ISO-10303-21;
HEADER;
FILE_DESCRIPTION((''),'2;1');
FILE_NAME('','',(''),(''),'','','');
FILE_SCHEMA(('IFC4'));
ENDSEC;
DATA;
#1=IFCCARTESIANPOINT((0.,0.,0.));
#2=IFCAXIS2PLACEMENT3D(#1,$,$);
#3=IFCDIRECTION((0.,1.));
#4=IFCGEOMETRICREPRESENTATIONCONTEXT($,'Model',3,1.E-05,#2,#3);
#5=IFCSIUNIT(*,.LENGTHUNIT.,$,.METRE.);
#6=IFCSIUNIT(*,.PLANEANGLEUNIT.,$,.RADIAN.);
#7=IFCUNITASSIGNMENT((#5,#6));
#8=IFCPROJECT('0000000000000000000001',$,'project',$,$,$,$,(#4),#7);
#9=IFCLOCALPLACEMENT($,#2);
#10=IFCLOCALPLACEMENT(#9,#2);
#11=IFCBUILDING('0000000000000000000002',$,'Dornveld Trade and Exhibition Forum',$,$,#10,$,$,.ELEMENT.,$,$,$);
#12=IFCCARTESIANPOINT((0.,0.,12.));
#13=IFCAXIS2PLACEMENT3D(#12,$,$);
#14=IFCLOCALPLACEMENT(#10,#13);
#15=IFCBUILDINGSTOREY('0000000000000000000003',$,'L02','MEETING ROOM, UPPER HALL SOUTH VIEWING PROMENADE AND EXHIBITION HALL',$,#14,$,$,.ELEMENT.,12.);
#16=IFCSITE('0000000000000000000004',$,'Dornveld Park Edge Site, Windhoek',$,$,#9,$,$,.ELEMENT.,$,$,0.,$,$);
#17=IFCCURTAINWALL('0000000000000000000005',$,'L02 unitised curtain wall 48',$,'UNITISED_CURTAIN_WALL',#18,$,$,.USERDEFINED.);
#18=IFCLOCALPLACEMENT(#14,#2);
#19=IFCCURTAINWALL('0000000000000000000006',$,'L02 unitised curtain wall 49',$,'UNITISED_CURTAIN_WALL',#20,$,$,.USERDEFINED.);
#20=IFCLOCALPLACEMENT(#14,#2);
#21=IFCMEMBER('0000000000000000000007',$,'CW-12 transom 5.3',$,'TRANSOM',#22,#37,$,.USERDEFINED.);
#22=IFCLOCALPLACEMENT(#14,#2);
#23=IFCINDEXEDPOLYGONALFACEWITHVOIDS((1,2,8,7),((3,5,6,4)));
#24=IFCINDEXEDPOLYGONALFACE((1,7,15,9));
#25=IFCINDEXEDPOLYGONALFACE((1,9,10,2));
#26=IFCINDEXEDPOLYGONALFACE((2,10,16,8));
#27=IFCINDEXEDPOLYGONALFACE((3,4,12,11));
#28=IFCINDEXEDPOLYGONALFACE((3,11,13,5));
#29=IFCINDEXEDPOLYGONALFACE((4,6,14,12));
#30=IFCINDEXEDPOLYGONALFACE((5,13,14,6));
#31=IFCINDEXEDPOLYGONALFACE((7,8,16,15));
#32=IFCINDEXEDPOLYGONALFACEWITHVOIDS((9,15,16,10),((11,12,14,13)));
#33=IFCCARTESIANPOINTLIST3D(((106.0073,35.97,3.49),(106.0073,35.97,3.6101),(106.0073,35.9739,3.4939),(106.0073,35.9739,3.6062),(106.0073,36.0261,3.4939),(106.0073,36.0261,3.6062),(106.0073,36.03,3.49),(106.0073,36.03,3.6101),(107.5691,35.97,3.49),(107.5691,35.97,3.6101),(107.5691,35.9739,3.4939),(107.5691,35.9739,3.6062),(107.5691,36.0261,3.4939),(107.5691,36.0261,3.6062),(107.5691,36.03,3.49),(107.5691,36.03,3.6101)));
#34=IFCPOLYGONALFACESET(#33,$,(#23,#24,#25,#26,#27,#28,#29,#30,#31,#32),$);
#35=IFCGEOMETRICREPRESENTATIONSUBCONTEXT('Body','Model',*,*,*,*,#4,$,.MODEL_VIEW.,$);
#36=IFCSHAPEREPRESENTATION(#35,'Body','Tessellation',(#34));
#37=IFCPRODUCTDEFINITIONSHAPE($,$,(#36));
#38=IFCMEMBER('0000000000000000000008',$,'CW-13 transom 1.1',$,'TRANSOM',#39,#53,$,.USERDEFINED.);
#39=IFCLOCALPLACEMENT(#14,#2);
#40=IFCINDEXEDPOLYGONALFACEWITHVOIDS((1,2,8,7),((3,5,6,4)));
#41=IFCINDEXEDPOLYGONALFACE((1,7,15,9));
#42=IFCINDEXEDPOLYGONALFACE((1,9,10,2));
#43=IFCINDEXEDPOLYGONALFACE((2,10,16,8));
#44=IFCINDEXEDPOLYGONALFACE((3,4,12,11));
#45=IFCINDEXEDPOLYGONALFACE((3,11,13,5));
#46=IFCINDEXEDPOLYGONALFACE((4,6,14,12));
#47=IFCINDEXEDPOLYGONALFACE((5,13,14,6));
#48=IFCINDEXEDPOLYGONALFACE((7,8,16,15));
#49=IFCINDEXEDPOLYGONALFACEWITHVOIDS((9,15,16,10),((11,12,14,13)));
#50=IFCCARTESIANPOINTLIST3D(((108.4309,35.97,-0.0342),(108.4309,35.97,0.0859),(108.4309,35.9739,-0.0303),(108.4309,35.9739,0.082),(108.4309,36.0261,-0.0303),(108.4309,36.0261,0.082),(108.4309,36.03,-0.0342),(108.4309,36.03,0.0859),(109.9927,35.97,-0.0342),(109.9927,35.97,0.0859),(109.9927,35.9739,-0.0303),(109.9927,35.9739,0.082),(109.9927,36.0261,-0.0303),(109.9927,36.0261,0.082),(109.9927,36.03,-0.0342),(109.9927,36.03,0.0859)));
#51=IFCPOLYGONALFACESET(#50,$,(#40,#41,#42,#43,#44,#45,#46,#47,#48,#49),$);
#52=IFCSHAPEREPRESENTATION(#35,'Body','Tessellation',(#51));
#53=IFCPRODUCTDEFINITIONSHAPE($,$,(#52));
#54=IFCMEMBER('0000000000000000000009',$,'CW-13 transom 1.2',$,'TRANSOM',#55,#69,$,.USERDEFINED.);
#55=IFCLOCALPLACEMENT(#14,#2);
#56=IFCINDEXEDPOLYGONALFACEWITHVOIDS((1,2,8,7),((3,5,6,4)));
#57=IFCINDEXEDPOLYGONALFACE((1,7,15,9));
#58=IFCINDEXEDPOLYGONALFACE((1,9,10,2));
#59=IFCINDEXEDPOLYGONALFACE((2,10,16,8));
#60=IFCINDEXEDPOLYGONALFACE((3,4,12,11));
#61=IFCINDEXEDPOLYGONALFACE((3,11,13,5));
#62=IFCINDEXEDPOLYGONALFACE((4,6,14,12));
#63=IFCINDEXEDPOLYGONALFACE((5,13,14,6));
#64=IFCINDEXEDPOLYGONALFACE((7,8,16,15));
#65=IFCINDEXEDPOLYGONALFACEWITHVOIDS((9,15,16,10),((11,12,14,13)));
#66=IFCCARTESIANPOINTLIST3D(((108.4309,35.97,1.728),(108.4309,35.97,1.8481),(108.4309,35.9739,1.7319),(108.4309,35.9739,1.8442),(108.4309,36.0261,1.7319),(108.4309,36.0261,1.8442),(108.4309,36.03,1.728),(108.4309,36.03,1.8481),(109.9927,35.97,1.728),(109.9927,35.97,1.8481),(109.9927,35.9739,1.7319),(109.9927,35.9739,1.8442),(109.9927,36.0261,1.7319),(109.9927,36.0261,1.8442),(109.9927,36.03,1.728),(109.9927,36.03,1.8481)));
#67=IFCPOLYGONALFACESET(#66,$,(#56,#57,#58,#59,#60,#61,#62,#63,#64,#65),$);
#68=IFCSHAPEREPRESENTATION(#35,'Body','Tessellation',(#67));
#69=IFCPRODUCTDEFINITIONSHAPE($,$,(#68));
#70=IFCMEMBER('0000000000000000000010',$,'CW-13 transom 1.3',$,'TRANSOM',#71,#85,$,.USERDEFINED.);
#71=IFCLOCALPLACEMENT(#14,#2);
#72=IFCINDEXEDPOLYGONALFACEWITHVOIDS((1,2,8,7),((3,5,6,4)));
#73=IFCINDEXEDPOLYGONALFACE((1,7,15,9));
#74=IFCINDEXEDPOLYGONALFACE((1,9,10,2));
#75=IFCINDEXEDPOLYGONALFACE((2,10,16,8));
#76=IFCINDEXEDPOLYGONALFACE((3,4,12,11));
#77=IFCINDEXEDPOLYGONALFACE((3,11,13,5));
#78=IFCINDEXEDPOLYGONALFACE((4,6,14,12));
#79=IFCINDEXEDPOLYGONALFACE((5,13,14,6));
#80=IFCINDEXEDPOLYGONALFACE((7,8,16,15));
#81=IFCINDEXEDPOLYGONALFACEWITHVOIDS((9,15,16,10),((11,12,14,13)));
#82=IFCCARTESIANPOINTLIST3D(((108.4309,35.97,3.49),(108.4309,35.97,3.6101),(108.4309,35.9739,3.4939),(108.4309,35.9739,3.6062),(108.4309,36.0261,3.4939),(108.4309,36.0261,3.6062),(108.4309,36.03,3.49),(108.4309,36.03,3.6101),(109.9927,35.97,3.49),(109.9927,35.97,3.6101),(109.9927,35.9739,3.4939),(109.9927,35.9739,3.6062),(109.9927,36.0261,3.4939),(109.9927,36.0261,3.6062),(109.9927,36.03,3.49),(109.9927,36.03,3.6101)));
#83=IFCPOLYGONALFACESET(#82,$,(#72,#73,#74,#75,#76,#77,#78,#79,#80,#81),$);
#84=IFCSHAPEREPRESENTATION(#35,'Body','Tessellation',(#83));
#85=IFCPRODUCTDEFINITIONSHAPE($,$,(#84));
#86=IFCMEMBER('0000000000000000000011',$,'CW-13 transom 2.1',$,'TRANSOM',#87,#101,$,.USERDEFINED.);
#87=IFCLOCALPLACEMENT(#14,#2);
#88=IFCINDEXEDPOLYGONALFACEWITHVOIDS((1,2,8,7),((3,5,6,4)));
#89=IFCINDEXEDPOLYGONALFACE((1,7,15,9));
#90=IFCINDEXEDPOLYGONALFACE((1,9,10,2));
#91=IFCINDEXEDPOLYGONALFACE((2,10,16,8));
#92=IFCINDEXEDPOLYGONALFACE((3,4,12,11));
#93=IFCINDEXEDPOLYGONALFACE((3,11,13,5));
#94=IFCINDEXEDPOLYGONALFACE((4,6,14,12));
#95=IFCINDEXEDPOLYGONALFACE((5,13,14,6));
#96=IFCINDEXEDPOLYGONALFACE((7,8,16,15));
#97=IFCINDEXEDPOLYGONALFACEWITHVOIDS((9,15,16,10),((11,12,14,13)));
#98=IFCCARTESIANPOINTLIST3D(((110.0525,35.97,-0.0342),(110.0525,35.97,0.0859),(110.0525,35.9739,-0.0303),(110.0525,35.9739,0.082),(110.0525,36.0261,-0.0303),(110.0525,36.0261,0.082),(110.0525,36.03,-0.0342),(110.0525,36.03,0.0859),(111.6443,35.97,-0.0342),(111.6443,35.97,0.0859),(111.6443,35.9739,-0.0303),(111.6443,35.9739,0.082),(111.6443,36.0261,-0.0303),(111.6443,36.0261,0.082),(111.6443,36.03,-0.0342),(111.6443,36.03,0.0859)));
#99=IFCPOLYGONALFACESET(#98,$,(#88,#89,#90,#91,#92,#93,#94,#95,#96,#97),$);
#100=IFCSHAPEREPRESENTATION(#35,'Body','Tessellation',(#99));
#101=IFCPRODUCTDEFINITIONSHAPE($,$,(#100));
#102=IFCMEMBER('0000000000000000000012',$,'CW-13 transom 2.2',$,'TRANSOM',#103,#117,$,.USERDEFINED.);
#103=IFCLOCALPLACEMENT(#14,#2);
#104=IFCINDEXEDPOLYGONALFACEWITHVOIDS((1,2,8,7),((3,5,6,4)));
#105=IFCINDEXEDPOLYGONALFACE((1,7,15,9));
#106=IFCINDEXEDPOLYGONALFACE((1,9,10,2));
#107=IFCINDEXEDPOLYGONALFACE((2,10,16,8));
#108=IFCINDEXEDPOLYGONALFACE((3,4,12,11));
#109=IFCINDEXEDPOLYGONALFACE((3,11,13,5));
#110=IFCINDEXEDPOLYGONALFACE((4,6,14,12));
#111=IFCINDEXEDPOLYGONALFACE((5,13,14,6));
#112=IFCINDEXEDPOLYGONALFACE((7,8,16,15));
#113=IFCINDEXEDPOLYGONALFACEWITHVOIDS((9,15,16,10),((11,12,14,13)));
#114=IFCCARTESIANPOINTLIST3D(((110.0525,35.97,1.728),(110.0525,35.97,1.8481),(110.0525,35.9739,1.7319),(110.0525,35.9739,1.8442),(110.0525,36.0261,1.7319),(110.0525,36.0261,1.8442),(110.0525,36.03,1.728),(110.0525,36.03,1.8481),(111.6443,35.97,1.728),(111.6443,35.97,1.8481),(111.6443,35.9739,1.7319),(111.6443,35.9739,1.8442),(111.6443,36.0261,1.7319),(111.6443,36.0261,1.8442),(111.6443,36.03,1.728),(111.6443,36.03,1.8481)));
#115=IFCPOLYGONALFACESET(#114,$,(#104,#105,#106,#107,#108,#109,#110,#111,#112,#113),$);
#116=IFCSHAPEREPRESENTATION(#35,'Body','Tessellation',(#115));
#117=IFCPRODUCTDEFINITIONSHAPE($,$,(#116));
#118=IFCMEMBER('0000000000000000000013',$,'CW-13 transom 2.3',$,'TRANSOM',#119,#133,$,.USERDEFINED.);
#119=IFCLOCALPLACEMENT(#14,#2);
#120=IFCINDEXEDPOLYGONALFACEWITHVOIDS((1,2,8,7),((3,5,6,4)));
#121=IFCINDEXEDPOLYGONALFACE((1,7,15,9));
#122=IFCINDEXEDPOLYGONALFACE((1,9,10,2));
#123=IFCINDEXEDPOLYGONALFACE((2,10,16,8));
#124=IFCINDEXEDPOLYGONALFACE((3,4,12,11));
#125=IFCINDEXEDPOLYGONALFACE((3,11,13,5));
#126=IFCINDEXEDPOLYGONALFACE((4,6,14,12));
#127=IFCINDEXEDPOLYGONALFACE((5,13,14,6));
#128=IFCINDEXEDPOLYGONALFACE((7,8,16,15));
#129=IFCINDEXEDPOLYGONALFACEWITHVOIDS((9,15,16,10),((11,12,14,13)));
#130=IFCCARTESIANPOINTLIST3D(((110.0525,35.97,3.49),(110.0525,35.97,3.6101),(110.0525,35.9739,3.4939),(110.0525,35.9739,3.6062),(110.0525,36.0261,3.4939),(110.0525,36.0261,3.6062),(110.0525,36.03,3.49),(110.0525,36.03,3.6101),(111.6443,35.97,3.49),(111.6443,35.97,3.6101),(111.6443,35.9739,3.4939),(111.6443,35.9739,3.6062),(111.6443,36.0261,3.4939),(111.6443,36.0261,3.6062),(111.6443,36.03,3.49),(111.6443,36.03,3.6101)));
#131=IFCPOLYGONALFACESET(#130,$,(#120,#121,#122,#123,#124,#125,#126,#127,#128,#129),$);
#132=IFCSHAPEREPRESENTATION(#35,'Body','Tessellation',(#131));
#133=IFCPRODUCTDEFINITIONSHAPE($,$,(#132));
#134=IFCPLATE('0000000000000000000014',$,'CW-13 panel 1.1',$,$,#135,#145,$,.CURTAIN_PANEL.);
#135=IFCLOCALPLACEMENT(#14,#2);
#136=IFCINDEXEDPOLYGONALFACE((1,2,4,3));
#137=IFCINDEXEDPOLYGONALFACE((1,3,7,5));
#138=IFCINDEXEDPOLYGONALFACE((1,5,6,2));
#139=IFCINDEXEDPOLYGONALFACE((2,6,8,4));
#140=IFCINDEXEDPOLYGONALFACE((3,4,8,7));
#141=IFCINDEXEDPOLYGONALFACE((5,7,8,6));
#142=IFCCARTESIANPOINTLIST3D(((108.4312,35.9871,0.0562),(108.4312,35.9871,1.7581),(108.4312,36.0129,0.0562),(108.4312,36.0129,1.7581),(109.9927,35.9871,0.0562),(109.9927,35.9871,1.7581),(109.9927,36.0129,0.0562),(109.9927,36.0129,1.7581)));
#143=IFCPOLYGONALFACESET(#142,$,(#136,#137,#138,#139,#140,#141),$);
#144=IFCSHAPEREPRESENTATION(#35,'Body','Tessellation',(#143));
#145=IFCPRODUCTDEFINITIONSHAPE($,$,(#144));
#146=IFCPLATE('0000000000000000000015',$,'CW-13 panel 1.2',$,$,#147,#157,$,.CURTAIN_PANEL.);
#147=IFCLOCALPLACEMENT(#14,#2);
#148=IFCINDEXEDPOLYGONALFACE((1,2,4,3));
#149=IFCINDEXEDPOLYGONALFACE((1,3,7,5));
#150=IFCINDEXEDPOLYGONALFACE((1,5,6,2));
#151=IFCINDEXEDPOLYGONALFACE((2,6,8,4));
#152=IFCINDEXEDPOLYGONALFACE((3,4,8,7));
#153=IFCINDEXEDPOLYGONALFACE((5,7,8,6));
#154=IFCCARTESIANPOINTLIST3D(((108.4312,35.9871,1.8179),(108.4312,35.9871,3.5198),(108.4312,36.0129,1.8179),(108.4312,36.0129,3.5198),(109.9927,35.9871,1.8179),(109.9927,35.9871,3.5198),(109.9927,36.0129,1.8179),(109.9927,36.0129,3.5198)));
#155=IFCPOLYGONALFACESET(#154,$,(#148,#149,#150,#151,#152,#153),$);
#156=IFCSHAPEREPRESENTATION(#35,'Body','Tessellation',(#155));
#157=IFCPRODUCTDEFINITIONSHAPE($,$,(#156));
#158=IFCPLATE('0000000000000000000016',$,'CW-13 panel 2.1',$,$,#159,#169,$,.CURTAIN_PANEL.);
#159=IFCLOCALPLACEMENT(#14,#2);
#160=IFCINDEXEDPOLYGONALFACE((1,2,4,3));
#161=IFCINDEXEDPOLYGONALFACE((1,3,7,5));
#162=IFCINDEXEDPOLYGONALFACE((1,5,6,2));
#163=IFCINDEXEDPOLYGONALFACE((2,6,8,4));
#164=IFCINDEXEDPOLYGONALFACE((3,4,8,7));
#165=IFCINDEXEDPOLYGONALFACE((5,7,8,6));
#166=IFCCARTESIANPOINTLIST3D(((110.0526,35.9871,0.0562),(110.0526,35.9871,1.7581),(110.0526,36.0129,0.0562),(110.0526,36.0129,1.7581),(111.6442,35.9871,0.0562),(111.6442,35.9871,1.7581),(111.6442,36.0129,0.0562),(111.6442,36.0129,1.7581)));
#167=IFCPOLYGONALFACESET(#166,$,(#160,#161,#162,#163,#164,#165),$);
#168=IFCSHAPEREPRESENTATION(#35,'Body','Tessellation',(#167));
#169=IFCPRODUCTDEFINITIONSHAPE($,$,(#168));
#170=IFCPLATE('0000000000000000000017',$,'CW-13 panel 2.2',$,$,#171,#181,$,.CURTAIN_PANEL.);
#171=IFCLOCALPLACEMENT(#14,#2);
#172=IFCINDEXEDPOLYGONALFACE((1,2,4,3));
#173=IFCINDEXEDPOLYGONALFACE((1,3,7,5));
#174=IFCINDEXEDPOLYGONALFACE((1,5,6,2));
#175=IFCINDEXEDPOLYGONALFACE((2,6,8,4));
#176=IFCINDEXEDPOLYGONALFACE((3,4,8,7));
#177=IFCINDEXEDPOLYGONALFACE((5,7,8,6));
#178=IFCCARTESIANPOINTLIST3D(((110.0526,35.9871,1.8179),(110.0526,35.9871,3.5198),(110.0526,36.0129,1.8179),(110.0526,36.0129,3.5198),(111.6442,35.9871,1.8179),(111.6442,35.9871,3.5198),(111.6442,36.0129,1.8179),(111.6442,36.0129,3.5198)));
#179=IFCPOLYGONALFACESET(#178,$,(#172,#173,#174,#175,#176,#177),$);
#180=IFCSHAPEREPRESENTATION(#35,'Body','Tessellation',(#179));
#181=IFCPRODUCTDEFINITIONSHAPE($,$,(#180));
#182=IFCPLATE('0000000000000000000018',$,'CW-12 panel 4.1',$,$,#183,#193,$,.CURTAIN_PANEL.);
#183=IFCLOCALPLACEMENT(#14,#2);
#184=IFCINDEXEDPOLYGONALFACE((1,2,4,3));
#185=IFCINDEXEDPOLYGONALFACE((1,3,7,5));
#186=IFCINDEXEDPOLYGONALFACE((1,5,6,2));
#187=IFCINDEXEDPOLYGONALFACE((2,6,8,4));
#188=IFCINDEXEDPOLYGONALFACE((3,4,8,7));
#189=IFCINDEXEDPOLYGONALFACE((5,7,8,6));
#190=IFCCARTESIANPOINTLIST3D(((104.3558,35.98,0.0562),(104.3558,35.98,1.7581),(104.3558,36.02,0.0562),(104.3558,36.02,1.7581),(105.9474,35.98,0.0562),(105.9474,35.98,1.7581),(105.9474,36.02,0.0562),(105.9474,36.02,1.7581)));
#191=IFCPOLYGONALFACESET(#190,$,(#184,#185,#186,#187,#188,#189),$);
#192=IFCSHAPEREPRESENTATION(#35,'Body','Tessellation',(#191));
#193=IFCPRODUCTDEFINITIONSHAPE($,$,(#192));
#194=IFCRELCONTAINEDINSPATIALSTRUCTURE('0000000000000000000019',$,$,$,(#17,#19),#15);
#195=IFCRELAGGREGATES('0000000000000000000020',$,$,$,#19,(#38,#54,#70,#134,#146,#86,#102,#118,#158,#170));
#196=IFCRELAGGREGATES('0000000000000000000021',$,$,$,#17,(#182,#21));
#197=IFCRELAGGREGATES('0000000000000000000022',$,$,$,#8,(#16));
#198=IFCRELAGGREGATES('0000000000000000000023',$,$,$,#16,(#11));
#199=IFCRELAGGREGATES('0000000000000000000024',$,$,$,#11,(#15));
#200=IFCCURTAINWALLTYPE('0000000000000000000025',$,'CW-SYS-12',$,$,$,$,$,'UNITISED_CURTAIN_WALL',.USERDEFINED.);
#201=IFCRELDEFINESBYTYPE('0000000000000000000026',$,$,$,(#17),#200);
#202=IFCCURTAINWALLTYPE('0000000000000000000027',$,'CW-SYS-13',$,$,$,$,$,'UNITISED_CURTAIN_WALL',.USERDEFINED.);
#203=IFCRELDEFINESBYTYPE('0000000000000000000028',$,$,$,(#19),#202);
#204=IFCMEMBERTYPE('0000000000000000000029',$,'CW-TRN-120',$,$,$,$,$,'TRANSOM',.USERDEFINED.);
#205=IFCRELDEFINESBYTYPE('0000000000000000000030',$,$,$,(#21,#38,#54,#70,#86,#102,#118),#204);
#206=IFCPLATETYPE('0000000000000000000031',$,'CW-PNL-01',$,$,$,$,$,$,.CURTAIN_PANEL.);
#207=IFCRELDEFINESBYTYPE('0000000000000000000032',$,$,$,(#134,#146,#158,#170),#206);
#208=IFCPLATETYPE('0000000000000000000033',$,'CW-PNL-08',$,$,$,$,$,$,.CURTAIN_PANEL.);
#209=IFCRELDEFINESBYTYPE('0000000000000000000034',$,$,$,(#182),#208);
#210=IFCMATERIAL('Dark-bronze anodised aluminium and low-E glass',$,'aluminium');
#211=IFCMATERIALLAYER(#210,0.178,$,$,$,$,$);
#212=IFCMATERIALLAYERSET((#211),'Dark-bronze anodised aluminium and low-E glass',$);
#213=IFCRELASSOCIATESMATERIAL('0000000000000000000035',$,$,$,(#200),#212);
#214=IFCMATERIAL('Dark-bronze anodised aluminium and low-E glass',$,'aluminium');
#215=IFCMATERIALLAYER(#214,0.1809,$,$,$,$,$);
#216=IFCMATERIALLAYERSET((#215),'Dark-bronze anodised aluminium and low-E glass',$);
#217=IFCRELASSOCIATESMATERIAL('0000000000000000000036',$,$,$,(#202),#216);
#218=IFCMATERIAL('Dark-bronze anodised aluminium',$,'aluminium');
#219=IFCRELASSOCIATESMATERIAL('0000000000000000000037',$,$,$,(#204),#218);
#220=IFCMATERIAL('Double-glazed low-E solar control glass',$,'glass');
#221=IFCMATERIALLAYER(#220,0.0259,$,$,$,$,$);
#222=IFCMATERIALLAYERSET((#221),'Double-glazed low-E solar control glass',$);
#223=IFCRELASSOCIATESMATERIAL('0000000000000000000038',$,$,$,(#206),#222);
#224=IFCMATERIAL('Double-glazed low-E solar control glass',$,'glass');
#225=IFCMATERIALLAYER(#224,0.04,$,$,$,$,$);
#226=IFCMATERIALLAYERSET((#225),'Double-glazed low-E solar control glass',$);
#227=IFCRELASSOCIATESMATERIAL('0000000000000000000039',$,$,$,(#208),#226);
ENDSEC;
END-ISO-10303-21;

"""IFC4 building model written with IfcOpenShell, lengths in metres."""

from ifc_helpers import new_model, si_unit, direction, frame, origin, origin_2d, place, context, subcontext, project, spatial, rectangle, hollow_rectangle, extrude, material, layer, layer_set, material_profile, profile_set, type_object, element, aggregate, save


model = new_model("IFC4")

# Units and contexts
model_context = context("Model", 3, precision=1e-05, world=origin(), true_north=direction((0.0, 1.0)))
body_context = subcontext(model_context, "Body", "Model", "MODEL_VIEW")
ifc_project = project(units=[si_unit("LENGTHUNIT", "METRE"), si_unit("PLANEANGLEUNIT", "RADIAN")], contexts=[model_context])

# Site, building, storey
site_placement = place(None, origin())
site = spatial("IfcSite", under=ifc_project, at=site_placement, Name="Dornveld Park Edge Site, Windhoek", CompositionType="ELEMENT", RefElevation=0.0)
building_placement = place(site_placement, origin())
building = spatial("IfcBuilding", under=site, at=building_placement, Name="Dornveld Trade and Exhibition Forum", CompositionType="ELEMENT")
storey_placement = place(building_placement, frame((0.0, 0.0, 12.0)))
storey = spatial("IfcBuildingStorey", under=building, at=storey_placement, Name="L02", Description="MEETING ROOM, UPPER HALL SOUTH VIEWING PROMENADE AND EXHIBITION HALL", CompositionType="ELEMENT", Elevation=12.0)

# Curtain walls
ifc_material_1 = material(Name="Dark-bronze anodised aluminium and low-E glass", Category="aluminium")
ifc_layer_1 = layer(ifc_material_1, 0.178)
ifc_layer_set_1 = layer_set([ifc_layer_1], Name="Dark-bronze anodised aluminium and low-E glass")
curtain_wall_type_1 = type_object("IfcCurtainWallType", Name="CW-SYS-12", ElementType="UNITISED_CURTAIN_WALL", PredefinedType="USERDEFINED", material=ifc_layer_set_1)
curtain_wall_1_placement = place(storey_placement, origin())
curtain_wall_1 = element("IfcCurtainWall", 1, at=curtain_wall_1_placement, inside=storey, type_object=curtain_wall_type_1, Name="L02 unitised curtain wall 48", ObjectType="UNITISED_CURTAIN_WALL", PredefinedType="USERDEFINED")
ifc_material_2 = material(Name="Dark-bronze anodised aluminium and low-E glass", Category="aluminium")
ifc_layer_2 = layer(ifc_material_2, 0.1809)
ifc_layer_set_2 = layer_set([ifc_layer_2], Name="Dark-bronze anodised aluminium and low-E glass")
curtain_wall_type_2 = type_object("IfcCurtainWallType", Name="CW-SYS-13", ElementType="UNITISED_CURTAIN_WALL", PredefinedType="USERDEFINED", material=ifc_layer_set_2)
curtain_wall_2_placement = place(storey_placement, origin())
curtain_wall_2 = element("IfcCurtainWall", 2, at=curtain_wall_2_placement, inside=storey, type_object=curtain_wall_type_2, Name="L02 unitised curtain wall 49", ObjectType="UNITISED_CURTAIN_WALL", PredefinedType="USERDEFINED")

# Members
ifc_material_3 = material(Name="Dark-bronze anodised aluminium", Category="aluminium")
ifc_material_profile_1 = material_profile(ifc_material_3, hollow_rectangle(XDim=0.0601, YDim=0.1201, WallThickness=0.0039, at=origin_2d()), Name="RHS 120x60x4")
ifc_profile_set_1 = profile_set([ifc_material_profile_1], Name="Dark-bronze anodised aluminium")
member_type_1 = type_object("IfcMemberType", Name="CW-TRN-120", ElementType="TRANSOM", PredefinedType="USERDEFINED", material=ifc_profile_set_1)
member_1_placement = place(storey_placement, frame((106.0073, 36.0, 3.55), z_axis=(1.0, 0.0, 0.0), x_axis=(0.0, 1.0, 0.0)))
member_1 = element("IfcMember", 3, at=member_1_placement, type_object=member_type_1, Name="CW-12 transom 5.3", ObjectType="TRANSOM", PredefinedType="USERDEFINED", context=body_context, shape_type="SweptSolid", body=[
    extrude(hollow_rectangle(XDim=0.0601, YDim=0.1201, WallThickness=0.0039, at=origin_2d()), origin(), (0.0, 0.0, 1.0), 1.5618),
])
member_2_placement = place(storey_placement, frame((108.4309, 36.0, 0.0259), z_axis=(1.0, 0.0, 0.0), x_axis=(0.0, 1.0, 0.0)))
member_2 = element("IfcMember", 4, at=member_2_placement, type_object=member_type_1, Name="CW-13 transom 1.1", ObjectType="TRANSOM", PredefinedType="USERDEFINED", context=body_context, shape_type="SweptSolid", body=[
    extrude(hollow_rectangle(XDim=0.0601, YDim=0.1201, WallThickness=0.0039, at=origin_2d()), origin(), (0.0, 0.0, 1.0), 1.5618),
])
member_3_placement = place(storey_placement, frame((108.4309, 36.0, 1.7881), z_axis=(1.0, 0.0, 0.0), x_axis=(0.0, 1.0, 0.0)))
member_3 = element("IfcMember", 5, at=member_3_placement, type_object=member_type_1, Name="CW-13 transom 1.2", ObjectType="TRANSOM", PredefinedType="USERDEFINED", context=body_context, shape_type="SweptSolid", body=[
    extrude(hollow_rectangle(XDim=0.0601, YDim=0.1201, WallThickness=0.0039, at=origin_2d()), origin(), (0.0, 0.0, 1.0), 1.5618),
])
member_4_placement = place(storey_placement, frame((108.4309, 36.0, 3.55), z_axis=(1.0, 0.0, 0.0), x_axis=(0.0, 1.0, 0.0)))
member_4 = element("IfcMember", 6, at=member_4_placement, type_object=member_type_1, Name="CW-13 transom 1.3", ObjectType="TRANSOM", PredefinedType="USERDEFINED", context=body_context, shape_type="SweptSolid", body=[
    extrude(hollow_rectangle(XDim=0.0601, YDim=0.1201, WallThickness=0.0039, at=origin_2d()), origin(), (0.0, 0.0, 1.0), 1.5618),
])
member_5_placement = place(storey_placement, frame((110.0525, 36.0, 0.0259), z_axis=(1.0, 0.0, 0.0), x_axis=(0.0, 1.0, 0.0)))
member_5 = element("IfcMember", 7, at=member_5_placement, type_object=member_type_1, Name="CW-13 transom 2.1", ObjectType="TRANSOM", PredefinedType="USERDEFINED", context=body_context, shape_type="SweptSolid", body=[
    extrude(hollow_rectangle(XDim=0.0601, YDim=0.1201, WallThickness=0.0039, at=origin_2d()), origin(), (0.0, 0.0, 1.0), 1.5918),
])
member_6_placement = place(storey_placement, frame((110.0525, 36.0, 1.7881), z_axis=(1.0, 0.0, 0.0), x_axis=(0.0, 1.0, 0.0)))
member_6 = element("IfcMember", 8, at=member_6_placement, type_object=member_type_1, Name="CW-13 transom 2.2", ObjectType="TRANSOM", PredefinedType="USERDEFINED", context=body_context, shape_type="SweptSolid", body=[
    extrude(hollow_rectangle(XDim=0.0601, YDim=0.1201, WallThickness=0.0039, at=origin_2d()), origin(), (0.0, 0.0, 1.0), 1.5918),
])
member_7_placement = place(storey_placement, frame((110.0525, 36.0, 3.55), z_axis=(1.0, 0.0, 0.0), x_axis=(0.0, 1.0, 0.0)))
member_7 = element("IfcMember", 9, at=member_7_placement, type_object=member_type_1, Name="CW-13 transom 2.3", ObjectType="TRANSOM", PredefinedType="USERDEFINED", context=body_context, shape_type="SweptSolid", body=[
    extrude(hollow_rectangle(XDim=0.0601, YDim=0.1201, WallThickness=0.0039, at=origin_2d()), origin(), (0.0, 0.0, 1.0), 1.5918),
])

# Plates
ifc_material_4 = material(Name="Double-glazed low-E solar control glass", Category="glass")
ifc_layer_3 = layer(ifc_material_4, 0.0259)
ifc_layer_set_3 = layer_set([ifc_layer_3], Name="Double-glazed low-E solar control glass")
plate_type_1 = type_object("IfcPlateType", Name="CW-PNL-01", PredefinedType="CURTAIN_PANEL", material=ifc_layer_set_3)
plate_1_placement = place(storey_placement, frame((109.2119, 36.0, 0.0562), z_axis=(0.0, 0.0, 1.0), x_axis=(1.0, 0.0, 0.0)))
plate_1 = element("IfcPlate", 10, at=plate_1_placement, type_object=plate_type_1, Name="CW-13 panel 1.1", PredefinedType="CURTAIN_PANEL", context=body_context, shape_type="SweptSolid", body=[
    extrude(rectangle(XDim=1.5615, YDim=0.0259, at=origin_2d()), origin(), (0.0, 0.0, 1.0), 1.7019),
])
plate_2_placement = place(storey_placement, frame((109.2119, 36.0, 1.8179), z_axis=(0.0, 0.0, 1.0), x_axis=(1.0, 0.0, 0.0)))
plate_2 = element("IfcPlate", 11, at=plate_2_placement, type_object=plate_type_1, Name="CW-13 panel 1.2", PredefinedType="CURTAIN_PANEL", context=body_context, shape_type="SweptSolid", body=[
    extrude(rectangle(XDim=1.5615, YDim=0.0259, at=origin_2d()), origin(), (0.0, 0.0, 1.0), 1.7019),
])
plate_3_placement = place(storey_placement, frame((110.8484, 36.0, 0.0562), z_axis=(0.0, 0.0, 1.0), x_axis=(1.0, 0.0, 0.0)))
plate_3 = element("IfcPlate", 12, at=plate_3_placement, type_object=plate_type_1, Name="CW-13 panel 2.1", PredefinedType="CURTAIN_PANEL", context=body_context, shape_type="SweptSolid", body=[
    extrude(rectangle(XDim=1.5916, YDim=0.0259, at=origin_2d()), origin(), (0.0, 0.0, 1.0), 1.7019),
])
plate_4_placement = place(storey_placement, frame((110.8484, 36.0, 1.8179), z_axis=(0.0, 0.0, 1.0), x_axis=(1.0, 0.0, 0.0)))
plate_4 = element("IfcPlate", 13, at=plate_4_placement, type_object=plate_type_1, Name="CW-13 panel 2.2", PredefinedType="CURTAIN_PANEL", context=body_context, shape_type="SweptSolid", body=[
    extrude(rectangle(XDim=1.5916, YDim=0.0259, at=origin_2d()), origin(), (0.0, 0.0, 1.0), 1.7019),
])
aggregate(curtain_wall_2, [member_2, member_3, member_4, plate_1, plate_2, member_5, member_6, member_7, plate_3, plate_4])
ifc_material_5 = material(Name="Double-glazed low-E solar control glass", Category="glass")
ifc_layer_4 = layer(ifc_material_5, 0.04)
ifc_layer_set_4 = layer_set([ifc_layer_4], Name="Double-glazed low-E solar control glass")
plate_type_2 = type_object("IfcPlateType", Name="CW-PNL-08", PredefinedType="CURTAIN_PANEL", material=ifc_layer_set_4)
plate_5_placement = place(storey_placement, frame((105.1516, 36.0, 0.0562), z_axis=(0.0, 0.0, 1.0), x_axis=(1.0, 0.0, 0.0)))
plate_5 = element("IfcPlate", 14, at=plate_5_placement, type_object=plate_type_2, Name="CW-12 panel 4.1", PredefinedType="CURTAIN_PANEL", context=body_context, shape_type="SweptSolid", body=[
    extrude(rectangle(XDim=1.5916, YDim=0.04, at=origin_2d()), origin(), (0.0, 0.0, 1.0), 1.7019),
])
aggregate(curtain_wall_1, [plate_5, member_1])

save(model, "model.ifc")
